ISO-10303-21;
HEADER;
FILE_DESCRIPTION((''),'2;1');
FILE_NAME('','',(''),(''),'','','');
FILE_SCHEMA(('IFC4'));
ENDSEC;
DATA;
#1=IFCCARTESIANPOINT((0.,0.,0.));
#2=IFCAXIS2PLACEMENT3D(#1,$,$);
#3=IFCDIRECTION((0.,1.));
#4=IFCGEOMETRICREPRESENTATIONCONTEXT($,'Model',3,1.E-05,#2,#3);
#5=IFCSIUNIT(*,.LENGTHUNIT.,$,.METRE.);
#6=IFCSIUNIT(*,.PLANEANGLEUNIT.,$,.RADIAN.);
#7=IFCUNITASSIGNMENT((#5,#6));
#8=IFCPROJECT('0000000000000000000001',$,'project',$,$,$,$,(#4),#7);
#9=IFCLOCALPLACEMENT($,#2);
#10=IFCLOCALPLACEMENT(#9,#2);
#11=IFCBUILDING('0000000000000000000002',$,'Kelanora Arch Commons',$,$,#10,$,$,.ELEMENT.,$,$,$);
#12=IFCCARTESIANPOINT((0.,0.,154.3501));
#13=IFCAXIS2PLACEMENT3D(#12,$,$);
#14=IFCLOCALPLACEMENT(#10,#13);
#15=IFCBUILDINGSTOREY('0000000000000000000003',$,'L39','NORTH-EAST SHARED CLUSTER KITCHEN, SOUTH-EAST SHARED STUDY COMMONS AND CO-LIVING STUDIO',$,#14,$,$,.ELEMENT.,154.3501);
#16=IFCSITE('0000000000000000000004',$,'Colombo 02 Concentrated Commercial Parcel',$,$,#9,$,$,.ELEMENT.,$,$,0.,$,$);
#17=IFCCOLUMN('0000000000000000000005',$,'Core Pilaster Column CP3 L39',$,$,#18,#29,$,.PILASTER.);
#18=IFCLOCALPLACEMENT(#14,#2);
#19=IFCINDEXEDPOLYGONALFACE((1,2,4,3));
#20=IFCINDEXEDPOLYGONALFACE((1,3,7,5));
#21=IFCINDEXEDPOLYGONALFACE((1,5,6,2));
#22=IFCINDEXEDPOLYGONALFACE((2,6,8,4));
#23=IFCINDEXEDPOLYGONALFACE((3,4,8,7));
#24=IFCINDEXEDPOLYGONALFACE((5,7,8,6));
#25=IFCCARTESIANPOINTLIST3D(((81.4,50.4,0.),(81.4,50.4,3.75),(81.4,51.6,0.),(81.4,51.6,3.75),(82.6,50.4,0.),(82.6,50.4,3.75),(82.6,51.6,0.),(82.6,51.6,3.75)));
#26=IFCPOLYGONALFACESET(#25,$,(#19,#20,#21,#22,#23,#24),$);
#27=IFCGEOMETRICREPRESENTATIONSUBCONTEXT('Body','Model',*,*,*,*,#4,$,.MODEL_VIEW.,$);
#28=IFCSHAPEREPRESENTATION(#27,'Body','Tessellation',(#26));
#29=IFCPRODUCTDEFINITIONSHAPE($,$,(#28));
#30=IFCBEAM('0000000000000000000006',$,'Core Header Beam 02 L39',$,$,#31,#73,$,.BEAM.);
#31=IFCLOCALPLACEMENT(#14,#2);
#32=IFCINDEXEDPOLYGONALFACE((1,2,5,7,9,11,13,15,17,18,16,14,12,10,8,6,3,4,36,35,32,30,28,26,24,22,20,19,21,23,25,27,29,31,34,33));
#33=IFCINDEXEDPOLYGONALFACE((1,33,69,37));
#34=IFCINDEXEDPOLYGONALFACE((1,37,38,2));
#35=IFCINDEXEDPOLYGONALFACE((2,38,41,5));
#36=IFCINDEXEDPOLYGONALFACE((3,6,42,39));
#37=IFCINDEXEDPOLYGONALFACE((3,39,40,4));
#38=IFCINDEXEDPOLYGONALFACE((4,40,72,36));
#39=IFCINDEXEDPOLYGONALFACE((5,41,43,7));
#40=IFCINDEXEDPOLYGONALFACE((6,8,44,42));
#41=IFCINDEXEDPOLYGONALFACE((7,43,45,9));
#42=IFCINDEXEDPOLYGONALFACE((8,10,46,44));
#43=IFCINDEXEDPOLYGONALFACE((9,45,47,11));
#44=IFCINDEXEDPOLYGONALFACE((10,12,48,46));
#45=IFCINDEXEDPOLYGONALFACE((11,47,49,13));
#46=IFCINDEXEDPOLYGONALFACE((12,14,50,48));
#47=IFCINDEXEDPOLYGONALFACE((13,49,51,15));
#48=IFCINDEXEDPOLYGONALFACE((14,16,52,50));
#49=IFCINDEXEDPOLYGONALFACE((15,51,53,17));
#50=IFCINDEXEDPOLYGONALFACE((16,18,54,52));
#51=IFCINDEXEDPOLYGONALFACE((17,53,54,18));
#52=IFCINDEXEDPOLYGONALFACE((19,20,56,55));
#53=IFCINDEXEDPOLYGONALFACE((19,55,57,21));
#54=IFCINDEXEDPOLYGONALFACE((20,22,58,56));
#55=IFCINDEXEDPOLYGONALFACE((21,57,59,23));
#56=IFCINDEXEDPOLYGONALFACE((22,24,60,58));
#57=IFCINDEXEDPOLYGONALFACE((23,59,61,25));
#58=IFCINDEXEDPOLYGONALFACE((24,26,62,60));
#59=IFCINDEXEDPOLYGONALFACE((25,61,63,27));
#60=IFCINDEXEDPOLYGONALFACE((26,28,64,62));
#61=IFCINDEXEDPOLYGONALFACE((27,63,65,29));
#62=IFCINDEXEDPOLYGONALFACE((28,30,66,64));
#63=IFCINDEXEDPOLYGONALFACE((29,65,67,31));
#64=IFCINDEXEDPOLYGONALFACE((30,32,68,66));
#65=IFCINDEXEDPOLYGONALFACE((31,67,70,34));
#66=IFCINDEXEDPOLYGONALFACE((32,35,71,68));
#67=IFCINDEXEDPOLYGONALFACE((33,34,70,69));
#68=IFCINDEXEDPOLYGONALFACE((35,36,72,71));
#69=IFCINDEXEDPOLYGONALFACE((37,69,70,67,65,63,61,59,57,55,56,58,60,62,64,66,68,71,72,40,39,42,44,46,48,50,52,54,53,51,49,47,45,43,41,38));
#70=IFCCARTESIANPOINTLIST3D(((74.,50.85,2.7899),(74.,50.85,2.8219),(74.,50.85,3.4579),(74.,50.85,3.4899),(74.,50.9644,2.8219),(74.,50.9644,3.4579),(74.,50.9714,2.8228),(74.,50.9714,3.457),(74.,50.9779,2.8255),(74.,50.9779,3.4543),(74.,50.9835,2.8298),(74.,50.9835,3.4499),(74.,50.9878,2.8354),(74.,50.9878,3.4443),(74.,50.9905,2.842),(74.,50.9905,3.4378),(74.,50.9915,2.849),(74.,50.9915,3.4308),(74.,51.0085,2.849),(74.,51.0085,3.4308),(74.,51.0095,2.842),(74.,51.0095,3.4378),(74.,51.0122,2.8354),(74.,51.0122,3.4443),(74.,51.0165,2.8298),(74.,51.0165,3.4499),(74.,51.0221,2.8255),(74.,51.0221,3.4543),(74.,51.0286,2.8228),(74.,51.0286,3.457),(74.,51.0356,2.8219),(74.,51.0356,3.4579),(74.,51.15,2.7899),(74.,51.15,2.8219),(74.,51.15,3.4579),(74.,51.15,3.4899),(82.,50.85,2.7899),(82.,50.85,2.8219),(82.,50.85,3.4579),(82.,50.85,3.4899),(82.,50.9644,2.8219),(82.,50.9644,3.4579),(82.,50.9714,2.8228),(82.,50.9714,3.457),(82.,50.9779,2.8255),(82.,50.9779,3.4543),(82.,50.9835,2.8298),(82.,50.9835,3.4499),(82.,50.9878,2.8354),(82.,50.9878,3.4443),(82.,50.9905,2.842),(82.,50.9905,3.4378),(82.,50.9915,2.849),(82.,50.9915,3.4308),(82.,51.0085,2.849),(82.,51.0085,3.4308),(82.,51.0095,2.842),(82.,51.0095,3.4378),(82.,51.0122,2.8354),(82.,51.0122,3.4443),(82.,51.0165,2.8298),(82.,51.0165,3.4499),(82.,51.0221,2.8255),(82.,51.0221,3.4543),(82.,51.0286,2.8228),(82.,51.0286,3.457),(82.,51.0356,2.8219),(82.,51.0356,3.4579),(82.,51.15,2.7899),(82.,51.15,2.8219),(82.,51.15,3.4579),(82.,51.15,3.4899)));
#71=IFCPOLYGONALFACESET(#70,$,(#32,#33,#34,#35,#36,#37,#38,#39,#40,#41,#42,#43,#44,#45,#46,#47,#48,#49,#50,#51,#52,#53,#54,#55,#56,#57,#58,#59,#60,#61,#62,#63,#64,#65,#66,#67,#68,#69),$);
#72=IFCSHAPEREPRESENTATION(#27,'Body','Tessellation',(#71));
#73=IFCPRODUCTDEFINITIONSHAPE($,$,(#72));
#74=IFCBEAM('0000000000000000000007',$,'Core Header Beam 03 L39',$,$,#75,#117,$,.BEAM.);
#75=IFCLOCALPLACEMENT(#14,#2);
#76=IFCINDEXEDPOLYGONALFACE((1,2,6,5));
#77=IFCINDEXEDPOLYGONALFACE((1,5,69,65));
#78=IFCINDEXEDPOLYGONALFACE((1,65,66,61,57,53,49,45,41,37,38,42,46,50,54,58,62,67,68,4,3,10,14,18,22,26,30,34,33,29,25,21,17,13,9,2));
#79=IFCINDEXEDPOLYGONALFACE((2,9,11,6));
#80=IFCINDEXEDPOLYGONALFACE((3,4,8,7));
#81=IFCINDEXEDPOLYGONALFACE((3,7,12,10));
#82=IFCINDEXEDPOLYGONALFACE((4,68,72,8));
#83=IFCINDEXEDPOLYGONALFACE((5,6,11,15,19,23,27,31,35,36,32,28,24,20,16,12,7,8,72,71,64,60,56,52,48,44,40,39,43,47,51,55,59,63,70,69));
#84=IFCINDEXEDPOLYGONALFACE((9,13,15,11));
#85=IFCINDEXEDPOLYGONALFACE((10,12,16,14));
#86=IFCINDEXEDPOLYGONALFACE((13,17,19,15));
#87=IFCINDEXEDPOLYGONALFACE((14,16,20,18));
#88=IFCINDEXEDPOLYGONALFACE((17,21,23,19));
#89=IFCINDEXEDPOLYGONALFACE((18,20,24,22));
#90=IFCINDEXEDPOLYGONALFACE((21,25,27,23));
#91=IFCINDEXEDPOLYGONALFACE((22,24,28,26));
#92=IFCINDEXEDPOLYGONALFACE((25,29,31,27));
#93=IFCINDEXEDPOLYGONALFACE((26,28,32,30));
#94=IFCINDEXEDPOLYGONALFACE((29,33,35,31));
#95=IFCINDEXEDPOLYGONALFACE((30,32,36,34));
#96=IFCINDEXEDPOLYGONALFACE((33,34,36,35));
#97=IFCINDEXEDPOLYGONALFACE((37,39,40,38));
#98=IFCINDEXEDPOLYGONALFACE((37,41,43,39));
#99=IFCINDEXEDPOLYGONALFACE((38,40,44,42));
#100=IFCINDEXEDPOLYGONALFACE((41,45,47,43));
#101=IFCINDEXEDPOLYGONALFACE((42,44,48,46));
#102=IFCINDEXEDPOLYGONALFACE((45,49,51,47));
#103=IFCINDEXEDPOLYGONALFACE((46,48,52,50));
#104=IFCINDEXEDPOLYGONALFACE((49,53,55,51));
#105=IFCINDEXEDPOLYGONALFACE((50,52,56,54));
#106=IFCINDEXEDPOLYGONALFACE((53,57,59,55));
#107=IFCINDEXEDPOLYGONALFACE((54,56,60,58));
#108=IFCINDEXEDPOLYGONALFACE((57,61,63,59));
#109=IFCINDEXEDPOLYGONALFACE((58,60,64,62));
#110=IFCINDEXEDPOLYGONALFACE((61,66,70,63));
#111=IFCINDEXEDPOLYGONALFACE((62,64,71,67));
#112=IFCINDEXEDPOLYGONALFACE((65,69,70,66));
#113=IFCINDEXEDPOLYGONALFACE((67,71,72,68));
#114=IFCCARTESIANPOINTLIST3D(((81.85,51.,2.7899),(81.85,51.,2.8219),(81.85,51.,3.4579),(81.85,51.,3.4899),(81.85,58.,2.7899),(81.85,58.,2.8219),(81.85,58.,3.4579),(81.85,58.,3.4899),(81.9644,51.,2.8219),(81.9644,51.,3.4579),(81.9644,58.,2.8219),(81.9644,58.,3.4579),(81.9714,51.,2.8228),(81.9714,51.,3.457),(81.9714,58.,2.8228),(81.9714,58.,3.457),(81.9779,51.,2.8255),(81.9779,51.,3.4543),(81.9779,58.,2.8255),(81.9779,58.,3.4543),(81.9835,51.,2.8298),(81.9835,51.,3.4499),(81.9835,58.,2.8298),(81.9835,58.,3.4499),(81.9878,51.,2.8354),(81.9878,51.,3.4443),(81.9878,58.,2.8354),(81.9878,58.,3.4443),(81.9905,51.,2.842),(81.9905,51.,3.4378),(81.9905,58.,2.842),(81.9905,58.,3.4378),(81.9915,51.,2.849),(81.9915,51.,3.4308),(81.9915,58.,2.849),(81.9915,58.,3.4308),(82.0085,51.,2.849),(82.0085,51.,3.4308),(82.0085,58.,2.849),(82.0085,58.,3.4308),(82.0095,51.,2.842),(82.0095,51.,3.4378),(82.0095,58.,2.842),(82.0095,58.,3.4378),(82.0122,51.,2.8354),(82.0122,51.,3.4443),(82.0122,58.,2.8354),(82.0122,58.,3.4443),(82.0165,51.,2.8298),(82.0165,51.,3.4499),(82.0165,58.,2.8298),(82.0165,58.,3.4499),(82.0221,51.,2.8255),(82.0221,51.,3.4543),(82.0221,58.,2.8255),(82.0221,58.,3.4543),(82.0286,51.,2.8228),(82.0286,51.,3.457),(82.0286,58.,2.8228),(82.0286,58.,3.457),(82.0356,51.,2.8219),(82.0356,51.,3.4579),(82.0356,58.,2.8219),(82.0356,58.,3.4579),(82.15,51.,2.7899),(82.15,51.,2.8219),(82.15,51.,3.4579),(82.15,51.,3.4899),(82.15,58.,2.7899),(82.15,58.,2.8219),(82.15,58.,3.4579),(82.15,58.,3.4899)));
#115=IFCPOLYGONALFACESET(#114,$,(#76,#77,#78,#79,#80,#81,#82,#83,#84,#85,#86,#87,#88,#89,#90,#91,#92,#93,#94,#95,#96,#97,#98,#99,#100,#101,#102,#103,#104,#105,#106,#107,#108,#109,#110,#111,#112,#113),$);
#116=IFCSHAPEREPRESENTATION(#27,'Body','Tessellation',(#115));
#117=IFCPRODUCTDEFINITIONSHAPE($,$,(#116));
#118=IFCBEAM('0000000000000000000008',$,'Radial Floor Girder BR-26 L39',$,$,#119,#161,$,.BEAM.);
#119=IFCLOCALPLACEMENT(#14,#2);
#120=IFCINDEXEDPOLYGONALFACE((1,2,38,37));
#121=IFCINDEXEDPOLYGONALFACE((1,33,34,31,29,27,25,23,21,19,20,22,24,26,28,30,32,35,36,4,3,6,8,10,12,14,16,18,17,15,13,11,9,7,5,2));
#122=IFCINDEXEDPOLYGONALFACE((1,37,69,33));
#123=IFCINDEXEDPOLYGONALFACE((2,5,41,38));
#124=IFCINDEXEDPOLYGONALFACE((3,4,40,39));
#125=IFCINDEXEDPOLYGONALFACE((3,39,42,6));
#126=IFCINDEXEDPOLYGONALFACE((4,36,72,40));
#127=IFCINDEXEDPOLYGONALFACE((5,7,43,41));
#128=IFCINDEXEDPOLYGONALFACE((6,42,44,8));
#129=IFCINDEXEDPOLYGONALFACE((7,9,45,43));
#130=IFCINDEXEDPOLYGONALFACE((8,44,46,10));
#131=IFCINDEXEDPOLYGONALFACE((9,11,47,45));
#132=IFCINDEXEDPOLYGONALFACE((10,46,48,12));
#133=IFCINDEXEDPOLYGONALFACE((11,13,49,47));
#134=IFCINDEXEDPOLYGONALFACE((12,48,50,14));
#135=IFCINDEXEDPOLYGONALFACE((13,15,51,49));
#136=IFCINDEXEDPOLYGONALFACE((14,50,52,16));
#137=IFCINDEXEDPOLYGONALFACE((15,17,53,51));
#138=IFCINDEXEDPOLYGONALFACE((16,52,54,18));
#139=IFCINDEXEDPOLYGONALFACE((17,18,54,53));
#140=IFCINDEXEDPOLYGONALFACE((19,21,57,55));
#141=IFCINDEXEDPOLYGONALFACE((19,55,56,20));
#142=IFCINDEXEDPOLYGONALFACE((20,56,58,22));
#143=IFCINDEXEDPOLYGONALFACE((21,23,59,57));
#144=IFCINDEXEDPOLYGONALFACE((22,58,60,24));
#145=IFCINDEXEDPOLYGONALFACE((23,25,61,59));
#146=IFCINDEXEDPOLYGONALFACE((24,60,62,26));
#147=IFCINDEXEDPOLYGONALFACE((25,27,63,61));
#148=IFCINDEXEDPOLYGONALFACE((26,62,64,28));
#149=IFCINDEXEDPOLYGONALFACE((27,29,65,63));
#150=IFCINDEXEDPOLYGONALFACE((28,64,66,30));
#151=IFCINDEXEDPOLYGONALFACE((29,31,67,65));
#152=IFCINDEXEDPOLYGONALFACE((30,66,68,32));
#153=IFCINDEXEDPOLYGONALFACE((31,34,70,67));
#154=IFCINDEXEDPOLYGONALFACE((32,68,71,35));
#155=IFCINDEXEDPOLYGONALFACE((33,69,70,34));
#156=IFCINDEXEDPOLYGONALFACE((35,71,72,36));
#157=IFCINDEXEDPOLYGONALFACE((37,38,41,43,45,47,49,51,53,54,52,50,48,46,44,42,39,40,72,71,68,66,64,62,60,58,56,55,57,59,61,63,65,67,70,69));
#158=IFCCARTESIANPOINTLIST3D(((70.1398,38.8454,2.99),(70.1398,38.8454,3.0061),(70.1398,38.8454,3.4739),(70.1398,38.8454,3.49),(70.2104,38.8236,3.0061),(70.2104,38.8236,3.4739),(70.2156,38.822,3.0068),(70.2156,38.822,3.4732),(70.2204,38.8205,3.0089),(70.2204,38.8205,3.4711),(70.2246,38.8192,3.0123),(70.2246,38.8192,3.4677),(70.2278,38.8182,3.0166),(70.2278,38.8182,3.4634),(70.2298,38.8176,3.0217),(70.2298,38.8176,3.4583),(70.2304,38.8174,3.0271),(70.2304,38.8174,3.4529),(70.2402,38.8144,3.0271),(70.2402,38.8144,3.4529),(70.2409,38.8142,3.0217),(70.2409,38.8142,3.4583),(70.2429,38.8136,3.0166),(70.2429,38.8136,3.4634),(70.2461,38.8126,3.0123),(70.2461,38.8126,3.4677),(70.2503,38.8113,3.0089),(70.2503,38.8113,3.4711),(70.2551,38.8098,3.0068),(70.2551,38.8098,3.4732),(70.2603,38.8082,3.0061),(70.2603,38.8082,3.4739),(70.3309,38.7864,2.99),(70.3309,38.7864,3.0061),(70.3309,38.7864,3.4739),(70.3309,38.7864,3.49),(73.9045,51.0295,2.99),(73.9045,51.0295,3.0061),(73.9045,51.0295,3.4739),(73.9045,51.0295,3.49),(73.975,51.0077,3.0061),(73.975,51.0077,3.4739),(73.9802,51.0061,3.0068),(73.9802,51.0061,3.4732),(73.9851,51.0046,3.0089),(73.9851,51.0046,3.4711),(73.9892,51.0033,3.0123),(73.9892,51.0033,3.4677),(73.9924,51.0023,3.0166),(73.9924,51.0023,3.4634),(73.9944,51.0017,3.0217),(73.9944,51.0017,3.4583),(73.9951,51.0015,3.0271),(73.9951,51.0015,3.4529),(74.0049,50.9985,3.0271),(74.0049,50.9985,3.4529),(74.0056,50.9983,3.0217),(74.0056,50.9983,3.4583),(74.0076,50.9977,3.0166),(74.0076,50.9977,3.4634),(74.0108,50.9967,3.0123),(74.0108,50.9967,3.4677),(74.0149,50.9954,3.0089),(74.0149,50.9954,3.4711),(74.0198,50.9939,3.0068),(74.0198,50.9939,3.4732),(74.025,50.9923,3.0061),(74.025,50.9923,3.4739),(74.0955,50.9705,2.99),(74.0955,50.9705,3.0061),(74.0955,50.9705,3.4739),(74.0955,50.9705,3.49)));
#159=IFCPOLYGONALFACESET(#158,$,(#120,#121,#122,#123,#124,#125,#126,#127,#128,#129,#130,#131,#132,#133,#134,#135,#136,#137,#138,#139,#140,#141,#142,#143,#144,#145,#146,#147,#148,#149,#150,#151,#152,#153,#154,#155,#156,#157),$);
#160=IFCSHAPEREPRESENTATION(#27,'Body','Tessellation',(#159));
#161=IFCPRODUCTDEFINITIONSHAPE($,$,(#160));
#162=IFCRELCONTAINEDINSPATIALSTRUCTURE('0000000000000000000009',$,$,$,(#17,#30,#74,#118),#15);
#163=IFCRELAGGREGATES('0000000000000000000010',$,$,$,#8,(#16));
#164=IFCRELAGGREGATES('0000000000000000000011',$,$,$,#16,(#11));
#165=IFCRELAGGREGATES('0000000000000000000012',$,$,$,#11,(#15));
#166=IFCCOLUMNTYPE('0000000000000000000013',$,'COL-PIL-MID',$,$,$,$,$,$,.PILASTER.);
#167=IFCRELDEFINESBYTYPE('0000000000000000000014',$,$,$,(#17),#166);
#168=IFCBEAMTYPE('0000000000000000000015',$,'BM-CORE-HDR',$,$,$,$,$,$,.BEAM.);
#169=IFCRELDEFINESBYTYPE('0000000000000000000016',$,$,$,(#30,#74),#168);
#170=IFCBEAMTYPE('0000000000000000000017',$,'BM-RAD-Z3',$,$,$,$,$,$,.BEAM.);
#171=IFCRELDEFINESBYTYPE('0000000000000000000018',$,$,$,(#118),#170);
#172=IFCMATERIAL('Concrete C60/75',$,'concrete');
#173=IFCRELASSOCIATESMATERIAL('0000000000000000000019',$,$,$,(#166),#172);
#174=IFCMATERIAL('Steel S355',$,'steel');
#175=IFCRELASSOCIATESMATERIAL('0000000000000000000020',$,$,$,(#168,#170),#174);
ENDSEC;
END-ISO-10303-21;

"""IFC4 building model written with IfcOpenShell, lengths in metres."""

from ifc_helpers import new_model, si_unit, direction, frame, origin, origin_2d, place, context, subcontext, project, spatial, rectangle, i_section, extrude, material, material_profile, profile_set, type_object, element, save


model = new_model("IFC4")

# Units and contexts
model_context = context("Model", 3, precision=1e-05, world=origin(), true_north=direction((0.0, 1.0)))
body_context = subcontext(model_context, "Body", "Model", "MODEL_VIEW")
ifc_project = project(units=[si_unit("LENGTHUNIT", "METRE"), si_unit("PLANEANGLEUNIT", "RADIAN")], contexts=[model_context])

# Site, building, storey
site_placement = place(None, origin())
site = spatial("IfcSite", under=ifc_project, at=site_placement, Name="Colombo 02 Concentrated Commercial Parcel", CompositionType="ELEMENT", RefElevation=0.0)
building_placement = place(site_placement, origin())
building = spatial("IfcBuilding", under=site, at=building_placement, Name="Kelanora Arch Commons", CompositionType="ELEMENT")
storey_placement = place(building_placement, frame((0.0, 0.0, 154.3501)))
storey = spatial("IfcBuildingStorey", under=building, at=storey_placement, Name="L39", Description="NORTH-EAST SHARED CLUSTER KITCHEN, SOUTH-EAST SHARED STUDY COMMONS AND CO-LIVING STUDIO", CompositionType="ELEMENT", Elevation=154.3501)

# Column
ifc_material_1 = material(Name="Concrete C60/75", Category="concrete")
ifc_material_profile_1 = material_profile(ifc_material_1, rectangle(XDim=1.2, YDim=1.2, at=origin_2d()), Name="RC1200x1200")
ifc_profile_set_1 = profile_set([ifc_material_profile_1], Name="Concrete C60/75")
column_type = type_object("IfcColumnType", Name="COL-PIL-MID", PredefinedType="PILASTER", material=ifc_profile_set_1)
column_placement = place(storey_placement, frame((82.0, 51.0, 0.0), z_axis=(0.0, 0.0, 1.0), x_axis=(1.0, 0.0, 0.0)))
element("IfcColumn", 1, at=column_placement, inside=storey, type_object=column_type, Name="Core Pilaster Column CP3 L39", PredefinedType="PILASTER", context=body_context, shape_type="SweptSolid", body=[
    extrude(rectangle(XDim=1.2, YDim=1.2, at=origin_2d()), origin(), (0.0, 0.0, 1.0), 3.75),
])

# Beams
ifc_material_2 = material(Name="Steel S355", Category="steel")
ifc_material_profile_2 = material_profile(ifc_material_2, i_section(OverallWidth=0.3, OverallDepth=0.7, WebThickness=0.0171, FlangeThickness=0.032, FilletRadius=0.0271, at=origin_2d()), Name="HEB700")
ifc_profile_set_2 = profile_set([ifc_material_profile_2], Name="Steel S355")
beam_type_1 = type_object("IfcBeamType", Name="BM-CORE-HDR", PredefinedType="BEAM", material=ifc_profile_set_2)
beam_1_placement = place(storey_placement, frame((74.0, 51.0, 3.1399), z_axis=(1.0, 0.0, 0.0), x_axis=(0.0, 1.0, 0.0)))
element("IfcBeam", 2, at=beam_1_placement, inside=storey, type_object=beam_type_1, Name="Core Header Beam 02 L39", PredefinedType="BEAM", context=body_context, shape_type="SweptSolid", body=[
    extrude(i_section(OverallWidth=0.3, OverallDepth=0.7, WebThickness=0.0171, FlangeThickness=0.032, FilletRadius=0.0271, at=origin_2d()), origin(), (0.0, 0.0, 1.0), 8.0),
])
beam_2_placement = place(storey_placement, frame((82.0, 51.0, 3.1399), z_axis=(0.0, 1.0, 0.0), x_axis=(-1.0, 0.0, 0.0)))
element("IfcBeam", 3, at=beam_2_placement, inside=storey, type_object=beam_type_1, Name="Core Header Beam 03 L39", PredefinedType="BEAM", context=body_context, shape_type="SweptSolid", body=[
    extrude(i_section(OverallWidth=0.3, OverallDepth=0.7, WebThickness=0.0171, FlangeThickness=0.032, FilletRadius=0.0271, at=origin_2d()), origin(), (0.0, 0.0, 1.0), 7.0),
])
ifc_material_profile_3 = material_profile(ifc_material_2, i_section(OverallWidth=0.2, OverallDepth=0.5, WebThickness=0.0103, FlangeThickness=0.0161, FilletRadius=0.021, at=origin_2d()), Name="IPE500")
ifc_profile_set_3 = profile_set([ifc_material_profile_3], Name="Steel S355")
beam_type_2 = type_object("IfcBeamType", Name="BM-RAD-Z3", PredefinedType="BEAM", material=ifc_profile_set_3)
for number, where, z_axis, x_axis, name in (
    (4, (74.0, 51.0, 3.24), (-0.29521, -0.955432, 0.0), (0.955432, -0.29521, 0.0), "Radial Floor Girder BR-26 L39"),
):
    element("IfcBeam", number, at=place(storey_placement, frame(where, z_axis=z_axis, x_axis=x_axis)), inside=storey, type_object=beam_type_2, Name=name, PredefinedType="BEAM", context=body_context, shape_type="SweptSolid", body=[
        extrude(i_section(OverallWidth=0.2, OverallDepth=0.5, WebThickness=0.0103, FlangeThickness=0.0161, FilletRadius=0.021, at=origin_2d()), origin(), (0.0, 0.0, 1.0), 12.7524),
    ])

save(model, "model.ifc")
